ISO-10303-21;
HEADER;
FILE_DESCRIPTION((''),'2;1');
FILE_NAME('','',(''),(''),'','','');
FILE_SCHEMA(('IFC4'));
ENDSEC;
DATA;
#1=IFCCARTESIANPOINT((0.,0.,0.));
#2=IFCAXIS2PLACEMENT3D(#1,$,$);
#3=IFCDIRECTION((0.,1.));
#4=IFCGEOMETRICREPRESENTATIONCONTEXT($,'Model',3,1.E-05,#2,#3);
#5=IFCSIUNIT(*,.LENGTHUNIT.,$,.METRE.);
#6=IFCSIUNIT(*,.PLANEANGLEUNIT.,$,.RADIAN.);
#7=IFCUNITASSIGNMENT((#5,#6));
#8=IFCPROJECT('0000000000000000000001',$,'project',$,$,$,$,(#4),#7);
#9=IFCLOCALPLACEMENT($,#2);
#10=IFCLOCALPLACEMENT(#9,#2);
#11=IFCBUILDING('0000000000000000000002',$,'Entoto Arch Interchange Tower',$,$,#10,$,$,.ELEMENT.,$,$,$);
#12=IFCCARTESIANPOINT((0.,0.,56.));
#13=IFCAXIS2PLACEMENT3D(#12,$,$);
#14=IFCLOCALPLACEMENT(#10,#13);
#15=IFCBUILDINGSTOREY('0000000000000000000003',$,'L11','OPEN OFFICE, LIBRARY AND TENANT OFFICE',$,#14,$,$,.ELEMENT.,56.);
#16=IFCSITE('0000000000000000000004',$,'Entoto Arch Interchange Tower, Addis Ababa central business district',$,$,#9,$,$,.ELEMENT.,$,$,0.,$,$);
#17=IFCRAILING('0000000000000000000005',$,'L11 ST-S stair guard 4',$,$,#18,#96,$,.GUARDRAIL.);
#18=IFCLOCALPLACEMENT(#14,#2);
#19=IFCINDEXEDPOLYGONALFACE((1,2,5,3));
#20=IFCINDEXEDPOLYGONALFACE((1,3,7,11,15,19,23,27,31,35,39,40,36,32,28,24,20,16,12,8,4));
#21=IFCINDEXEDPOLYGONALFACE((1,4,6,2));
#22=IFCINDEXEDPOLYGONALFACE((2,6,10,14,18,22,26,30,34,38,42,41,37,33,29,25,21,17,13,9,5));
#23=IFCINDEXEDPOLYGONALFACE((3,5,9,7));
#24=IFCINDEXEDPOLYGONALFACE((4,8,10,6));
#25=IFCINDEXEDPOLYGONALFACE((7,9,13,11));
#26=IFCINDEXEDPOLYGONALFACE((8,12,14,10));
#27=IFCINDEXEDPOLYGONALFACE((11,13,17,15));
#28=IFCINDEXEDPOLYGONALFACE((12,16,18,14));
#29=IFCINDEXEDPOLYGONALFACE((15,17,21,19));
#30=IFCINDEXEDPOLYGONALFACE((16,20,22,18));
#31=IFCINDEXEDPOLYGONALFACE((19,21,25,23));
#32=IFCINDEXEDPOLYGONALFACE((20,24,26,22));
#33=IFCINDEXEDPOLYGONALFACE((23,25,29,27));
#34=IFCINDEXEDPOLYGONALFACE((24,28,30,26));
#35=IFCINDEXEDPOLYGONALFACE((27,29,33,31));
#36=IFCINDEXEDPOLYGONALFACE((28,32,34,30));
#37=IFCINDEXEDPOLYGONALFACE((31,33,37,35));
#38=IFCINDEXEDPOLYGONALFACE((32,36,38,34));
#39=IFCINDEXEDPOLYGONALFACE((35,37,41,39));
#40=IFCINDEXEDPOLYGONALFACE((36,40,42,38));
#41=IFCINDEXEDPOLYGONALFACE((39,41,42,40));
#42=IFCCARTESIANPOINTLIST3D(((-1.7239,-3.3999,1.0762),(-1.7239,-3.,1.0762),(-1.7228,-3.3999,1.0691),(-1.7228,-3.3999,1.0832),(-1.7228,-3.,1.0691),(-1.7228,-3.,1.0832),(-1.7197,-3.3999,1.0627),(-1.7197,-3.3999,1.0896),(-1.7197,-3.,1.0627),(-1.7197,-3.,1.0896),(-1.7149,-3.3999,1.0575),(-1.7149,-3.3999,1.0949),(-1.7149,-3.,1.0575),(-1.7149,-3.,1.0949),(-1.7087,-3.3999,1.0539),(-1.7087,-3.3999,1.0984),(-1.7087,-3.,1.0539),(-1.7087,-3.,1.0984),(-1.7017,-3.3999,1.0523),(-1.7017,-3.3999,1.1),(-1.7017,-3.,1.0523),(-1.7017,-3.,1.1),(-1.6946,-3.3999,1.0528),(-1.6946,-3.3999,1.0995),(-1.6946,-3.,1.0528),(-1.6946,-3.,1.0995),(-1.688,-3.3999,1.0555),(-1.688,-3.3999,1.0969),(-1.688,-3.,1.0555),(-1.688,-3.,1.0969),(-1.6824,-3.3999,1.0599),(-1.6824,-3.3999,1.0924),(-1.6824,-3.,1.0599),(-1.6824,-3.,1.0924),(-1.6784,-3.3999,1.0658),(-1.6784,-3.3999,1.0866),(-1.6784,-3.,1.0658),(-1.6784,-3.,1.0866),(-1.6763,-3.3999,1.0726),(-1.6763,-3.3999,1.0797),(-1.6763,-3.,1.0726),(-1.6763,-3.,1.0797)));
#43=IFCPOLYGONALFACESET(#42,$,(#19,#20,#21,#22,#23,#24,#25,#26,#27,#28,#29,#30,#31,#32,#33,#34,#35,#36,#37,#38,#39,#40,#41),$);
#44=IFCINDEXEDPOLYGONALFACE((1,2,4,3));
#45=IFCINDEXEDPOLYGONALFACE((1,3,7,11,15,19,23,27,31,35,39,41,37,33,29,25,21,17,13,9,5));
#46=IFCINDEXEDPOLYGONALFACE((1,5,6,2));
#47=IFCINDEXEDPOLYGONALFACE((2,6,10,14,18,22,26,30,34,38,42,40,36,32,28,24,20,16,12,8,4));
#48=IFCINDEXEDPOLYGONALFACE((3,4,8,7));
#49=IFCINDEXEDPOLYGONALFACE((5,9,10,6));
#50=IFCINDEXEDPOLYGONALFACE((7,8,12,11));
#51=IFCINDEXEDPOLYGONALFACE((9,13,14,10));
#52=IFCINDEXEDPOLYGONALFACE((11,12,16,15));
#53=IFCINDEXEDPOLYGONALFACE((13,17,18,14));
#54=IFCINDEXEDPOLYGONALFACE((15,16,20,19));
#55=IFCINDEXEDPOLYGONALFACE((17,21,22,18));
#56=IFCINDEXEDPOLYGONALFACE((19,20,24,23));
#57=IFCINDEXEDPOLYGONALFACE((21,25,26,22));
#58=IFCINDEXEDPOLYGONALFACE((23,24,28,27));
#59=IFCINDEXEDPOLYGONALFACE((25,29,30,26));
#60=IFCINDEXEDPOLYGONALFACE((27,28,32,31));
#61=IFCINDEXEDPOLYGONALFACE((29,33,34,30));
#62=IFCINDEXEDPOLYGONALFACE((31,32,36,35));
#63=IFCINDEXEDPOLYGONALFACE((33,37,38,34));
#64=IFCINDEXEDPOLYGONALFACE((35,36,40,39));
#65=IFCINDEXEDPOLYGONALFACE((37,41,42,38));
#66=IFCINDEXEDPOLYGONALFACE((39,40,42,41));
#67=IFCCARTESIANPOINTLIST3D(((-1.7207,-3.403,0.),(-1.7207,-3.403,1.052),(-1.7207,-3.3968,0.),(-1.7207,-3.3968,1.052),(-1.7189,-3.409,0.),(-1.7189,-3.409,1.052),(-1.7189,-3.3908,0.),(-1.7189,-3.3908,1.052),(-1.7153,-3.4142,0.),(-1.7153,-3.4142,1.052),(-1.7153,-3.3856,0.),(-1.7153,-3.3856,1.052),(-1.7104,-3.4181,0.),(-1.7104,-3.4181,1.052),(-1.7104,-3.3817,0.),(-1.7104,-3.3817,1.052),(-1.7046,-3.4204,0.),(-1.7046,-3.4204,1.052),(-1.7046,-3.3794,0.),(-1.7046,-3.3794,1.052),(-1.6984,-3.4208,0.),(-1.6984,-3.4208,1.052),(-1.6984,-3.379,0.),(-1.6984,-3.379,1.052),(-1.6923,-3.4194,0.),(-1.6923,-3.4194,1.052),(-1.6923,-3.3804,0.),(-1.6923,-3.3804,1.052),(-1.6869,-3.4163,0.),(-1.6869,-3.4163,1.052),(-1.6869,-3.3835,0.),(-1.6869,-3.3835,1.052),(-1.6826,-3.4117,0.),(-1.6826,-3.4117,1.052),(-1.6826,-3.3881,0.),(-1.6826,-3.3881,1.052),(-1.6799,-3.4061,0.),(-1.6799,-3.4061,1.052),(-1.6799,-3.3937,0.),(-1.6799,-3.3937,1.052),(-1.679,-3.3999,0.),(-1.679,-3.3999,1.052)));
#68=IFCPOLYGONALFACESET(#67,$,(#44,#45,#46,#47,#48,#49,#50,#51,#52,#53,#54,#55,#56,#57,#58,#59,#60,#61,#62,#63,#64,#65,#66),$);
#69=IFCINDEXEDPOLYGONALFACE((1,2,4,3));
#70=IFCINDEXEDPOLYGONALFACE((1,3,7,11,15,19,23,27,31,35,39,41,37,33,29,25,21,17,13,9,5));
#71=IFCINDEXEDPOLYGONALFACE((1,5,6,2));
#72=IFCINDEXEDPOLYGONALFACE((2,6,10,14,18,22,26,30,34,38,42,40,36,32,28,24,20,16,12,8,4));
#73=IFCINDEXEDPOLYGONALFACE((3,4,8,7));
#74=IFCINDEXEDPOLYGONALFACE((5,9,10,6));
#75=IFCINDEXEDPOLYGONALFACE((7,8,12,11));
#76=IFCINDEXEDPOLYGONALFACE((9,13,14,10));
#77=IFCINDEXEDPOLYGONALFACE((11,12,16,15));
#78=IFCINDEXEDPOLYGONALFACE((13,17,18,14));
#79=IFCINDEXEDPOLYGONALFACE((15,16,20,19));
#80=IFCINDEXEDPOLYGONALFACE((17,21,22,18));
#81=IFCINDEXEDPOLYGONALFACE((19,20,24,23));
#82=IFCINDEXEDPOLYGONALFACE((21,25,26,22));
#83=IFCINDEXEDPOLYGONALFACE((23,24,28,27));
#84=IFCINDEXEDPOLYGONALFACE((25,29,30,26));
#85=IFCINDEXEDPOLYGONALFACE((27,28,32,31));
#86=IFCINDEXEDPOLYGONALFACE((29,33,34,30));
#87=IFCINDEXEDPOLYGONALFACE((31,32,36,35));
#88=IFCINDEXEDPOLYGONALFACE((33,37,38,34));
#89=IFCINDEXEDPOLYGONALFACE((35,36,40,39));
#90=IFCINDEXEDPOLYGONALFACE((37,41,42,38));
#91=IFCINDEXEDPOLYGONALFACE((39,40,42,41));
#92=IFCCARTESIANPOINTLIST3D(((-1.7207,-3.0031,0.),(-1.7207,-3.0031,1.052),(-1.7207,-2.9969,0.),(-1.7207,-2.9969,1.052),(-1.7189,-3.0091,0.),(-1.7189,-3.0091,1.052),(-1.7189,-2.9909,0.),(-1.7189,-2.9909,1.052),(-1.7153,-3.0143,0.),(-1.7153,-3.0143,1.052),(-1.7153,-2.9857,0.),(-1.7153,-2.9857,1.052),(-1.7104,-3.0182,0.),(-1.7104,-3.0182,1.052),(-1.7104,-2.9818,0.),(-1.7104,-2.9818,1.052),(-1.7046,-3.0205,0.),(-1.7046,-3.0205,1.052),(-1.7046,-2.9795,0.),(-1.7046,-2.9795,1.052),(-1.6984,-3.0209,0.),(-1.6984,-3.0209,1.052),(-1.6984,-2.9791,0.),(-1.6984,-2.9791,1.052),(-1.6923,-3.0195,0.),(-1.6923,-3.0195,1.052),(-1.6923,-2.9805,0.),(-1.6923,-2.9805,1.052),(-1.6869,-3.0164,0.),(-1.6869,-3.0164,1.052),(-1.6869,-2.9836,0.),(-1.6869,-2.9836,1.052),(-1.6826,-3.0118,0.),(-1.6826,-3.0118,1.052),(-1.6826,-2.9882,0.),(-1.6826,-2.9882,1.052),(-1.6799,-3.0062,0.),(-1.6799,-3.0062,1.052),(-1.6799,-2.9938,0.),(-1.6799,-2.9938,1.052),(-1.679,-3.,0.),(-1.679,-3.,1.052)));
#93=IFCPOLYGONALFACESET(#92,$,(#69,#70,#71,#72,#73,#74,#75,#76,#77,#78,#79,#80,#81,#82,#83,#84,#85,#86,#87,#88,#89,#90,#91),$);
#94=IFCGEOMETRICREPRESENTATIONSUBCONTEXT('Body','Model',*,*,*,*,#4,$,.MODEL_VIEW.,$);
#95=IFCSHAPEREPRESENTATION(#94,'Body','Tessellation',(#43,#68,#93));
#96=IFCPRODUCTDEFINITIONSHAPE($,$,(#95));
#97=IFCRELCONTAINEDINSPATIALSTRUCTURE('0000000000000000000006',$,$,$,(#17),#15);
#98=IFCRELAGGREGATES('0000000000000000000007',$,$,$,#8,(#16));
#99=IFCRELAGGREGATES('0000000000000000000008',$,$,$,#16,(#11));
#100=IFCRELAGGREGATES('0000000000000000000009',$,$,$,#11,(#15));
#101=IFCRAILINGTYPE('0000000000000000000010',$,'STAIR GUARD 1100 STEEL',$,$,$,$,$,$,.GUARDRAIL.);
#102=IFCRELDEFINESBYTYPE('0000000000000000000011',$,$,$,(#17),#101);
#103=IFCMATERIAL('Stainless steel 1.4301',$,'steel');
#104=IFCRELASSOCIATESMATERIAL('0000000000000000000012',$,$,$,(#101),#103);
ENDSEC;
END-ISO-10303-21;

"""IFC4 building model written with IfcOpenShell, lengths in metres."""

from ifc_helpers import new_model, si_unit, direction, frame, origin, origin_2d, place, context, subcontext, project, spatial, circle, extrude, material, type_object, element, save


model = new_model("IFC4")

# Units and contexts
model_context = context("Model", 3, precision=1e-05, world=origin(), true_north=direction((0.0, 1.0)))
body_context = subcontext(model_context, "Body", "Model", "MODEL_VIEW")
ifc_project = project(units=[si_unit("LENGTHUNIT", "METRE"), si_unit("PLANEANGLEUNIT", "RADIAN")], contexts=[model_context])

# Site, building, storey
site_placement = place(None, origin())
site = spatial("IfcSite", under=ifc_project, at=site_placement, Name="Entoto Arch Interchange Tower, Addis Ababa central business district", CompositionType="ELEMENT", RefElevation=0.0)
building_placement = place(site_placement, origin())
building = spatial("IfcBuilding", under=site, at=building_placement, Name="Entoto Arch Interchange Tower", CompositionType="ELEMENT")
storey_placement = place(building_placement, frame((0.0, 0.0, 56.0)))
storey = spatial("IfcBuildingStorey", under=building, at=storey_placement, Name="L11", Description="OPEN OFFICE, LIBRARY AND TENANT OFFICE", CompositionType="ELEMENT", Elevation=56.0)

# Railing
ifc_material_1 = material(Name="Stainless steel 1.4301", Category="steel")
railing_type_1 = type_object("IfcRailingType", Name="STAIR GUARD 1100 STEEL", PredefinedType="GUARDRAIL", material=ifc_material_1)
railing_1_placement = place(storey_placement, frame((-1.7, -3.3999, 0.0)))
element("IfcRailing", 1, at=railing_1_placement, inside=storey, type_object=railing_type_1, Name="L11 ST-S stair guard 4", PredefinedType="GUARDRAIL", context=body_context, shape_type="SweptSolid", body=[
    extrude(circle(Radius=0.0239, at=origin_2d()), frame((0.0, 0.0, 1.0762), z_axis=(0.0, 1.0, 0.0), x_axis=(-1.0, 0.0, 0.0)), (0.0, 0.0, 1.0), 0.3999),
    extrude(circle(Radius=0.021, at=origin_2d()), origin(), (0.0, 0.0, 1.0), 1.052),
    extrude(circle(Radius=0.021, at=origin_2d()), frame((0.0, 0.3999, 0.0)), (0.0, 0.0, 1.0), 1.052),
])

save(model, "model.ifc")
